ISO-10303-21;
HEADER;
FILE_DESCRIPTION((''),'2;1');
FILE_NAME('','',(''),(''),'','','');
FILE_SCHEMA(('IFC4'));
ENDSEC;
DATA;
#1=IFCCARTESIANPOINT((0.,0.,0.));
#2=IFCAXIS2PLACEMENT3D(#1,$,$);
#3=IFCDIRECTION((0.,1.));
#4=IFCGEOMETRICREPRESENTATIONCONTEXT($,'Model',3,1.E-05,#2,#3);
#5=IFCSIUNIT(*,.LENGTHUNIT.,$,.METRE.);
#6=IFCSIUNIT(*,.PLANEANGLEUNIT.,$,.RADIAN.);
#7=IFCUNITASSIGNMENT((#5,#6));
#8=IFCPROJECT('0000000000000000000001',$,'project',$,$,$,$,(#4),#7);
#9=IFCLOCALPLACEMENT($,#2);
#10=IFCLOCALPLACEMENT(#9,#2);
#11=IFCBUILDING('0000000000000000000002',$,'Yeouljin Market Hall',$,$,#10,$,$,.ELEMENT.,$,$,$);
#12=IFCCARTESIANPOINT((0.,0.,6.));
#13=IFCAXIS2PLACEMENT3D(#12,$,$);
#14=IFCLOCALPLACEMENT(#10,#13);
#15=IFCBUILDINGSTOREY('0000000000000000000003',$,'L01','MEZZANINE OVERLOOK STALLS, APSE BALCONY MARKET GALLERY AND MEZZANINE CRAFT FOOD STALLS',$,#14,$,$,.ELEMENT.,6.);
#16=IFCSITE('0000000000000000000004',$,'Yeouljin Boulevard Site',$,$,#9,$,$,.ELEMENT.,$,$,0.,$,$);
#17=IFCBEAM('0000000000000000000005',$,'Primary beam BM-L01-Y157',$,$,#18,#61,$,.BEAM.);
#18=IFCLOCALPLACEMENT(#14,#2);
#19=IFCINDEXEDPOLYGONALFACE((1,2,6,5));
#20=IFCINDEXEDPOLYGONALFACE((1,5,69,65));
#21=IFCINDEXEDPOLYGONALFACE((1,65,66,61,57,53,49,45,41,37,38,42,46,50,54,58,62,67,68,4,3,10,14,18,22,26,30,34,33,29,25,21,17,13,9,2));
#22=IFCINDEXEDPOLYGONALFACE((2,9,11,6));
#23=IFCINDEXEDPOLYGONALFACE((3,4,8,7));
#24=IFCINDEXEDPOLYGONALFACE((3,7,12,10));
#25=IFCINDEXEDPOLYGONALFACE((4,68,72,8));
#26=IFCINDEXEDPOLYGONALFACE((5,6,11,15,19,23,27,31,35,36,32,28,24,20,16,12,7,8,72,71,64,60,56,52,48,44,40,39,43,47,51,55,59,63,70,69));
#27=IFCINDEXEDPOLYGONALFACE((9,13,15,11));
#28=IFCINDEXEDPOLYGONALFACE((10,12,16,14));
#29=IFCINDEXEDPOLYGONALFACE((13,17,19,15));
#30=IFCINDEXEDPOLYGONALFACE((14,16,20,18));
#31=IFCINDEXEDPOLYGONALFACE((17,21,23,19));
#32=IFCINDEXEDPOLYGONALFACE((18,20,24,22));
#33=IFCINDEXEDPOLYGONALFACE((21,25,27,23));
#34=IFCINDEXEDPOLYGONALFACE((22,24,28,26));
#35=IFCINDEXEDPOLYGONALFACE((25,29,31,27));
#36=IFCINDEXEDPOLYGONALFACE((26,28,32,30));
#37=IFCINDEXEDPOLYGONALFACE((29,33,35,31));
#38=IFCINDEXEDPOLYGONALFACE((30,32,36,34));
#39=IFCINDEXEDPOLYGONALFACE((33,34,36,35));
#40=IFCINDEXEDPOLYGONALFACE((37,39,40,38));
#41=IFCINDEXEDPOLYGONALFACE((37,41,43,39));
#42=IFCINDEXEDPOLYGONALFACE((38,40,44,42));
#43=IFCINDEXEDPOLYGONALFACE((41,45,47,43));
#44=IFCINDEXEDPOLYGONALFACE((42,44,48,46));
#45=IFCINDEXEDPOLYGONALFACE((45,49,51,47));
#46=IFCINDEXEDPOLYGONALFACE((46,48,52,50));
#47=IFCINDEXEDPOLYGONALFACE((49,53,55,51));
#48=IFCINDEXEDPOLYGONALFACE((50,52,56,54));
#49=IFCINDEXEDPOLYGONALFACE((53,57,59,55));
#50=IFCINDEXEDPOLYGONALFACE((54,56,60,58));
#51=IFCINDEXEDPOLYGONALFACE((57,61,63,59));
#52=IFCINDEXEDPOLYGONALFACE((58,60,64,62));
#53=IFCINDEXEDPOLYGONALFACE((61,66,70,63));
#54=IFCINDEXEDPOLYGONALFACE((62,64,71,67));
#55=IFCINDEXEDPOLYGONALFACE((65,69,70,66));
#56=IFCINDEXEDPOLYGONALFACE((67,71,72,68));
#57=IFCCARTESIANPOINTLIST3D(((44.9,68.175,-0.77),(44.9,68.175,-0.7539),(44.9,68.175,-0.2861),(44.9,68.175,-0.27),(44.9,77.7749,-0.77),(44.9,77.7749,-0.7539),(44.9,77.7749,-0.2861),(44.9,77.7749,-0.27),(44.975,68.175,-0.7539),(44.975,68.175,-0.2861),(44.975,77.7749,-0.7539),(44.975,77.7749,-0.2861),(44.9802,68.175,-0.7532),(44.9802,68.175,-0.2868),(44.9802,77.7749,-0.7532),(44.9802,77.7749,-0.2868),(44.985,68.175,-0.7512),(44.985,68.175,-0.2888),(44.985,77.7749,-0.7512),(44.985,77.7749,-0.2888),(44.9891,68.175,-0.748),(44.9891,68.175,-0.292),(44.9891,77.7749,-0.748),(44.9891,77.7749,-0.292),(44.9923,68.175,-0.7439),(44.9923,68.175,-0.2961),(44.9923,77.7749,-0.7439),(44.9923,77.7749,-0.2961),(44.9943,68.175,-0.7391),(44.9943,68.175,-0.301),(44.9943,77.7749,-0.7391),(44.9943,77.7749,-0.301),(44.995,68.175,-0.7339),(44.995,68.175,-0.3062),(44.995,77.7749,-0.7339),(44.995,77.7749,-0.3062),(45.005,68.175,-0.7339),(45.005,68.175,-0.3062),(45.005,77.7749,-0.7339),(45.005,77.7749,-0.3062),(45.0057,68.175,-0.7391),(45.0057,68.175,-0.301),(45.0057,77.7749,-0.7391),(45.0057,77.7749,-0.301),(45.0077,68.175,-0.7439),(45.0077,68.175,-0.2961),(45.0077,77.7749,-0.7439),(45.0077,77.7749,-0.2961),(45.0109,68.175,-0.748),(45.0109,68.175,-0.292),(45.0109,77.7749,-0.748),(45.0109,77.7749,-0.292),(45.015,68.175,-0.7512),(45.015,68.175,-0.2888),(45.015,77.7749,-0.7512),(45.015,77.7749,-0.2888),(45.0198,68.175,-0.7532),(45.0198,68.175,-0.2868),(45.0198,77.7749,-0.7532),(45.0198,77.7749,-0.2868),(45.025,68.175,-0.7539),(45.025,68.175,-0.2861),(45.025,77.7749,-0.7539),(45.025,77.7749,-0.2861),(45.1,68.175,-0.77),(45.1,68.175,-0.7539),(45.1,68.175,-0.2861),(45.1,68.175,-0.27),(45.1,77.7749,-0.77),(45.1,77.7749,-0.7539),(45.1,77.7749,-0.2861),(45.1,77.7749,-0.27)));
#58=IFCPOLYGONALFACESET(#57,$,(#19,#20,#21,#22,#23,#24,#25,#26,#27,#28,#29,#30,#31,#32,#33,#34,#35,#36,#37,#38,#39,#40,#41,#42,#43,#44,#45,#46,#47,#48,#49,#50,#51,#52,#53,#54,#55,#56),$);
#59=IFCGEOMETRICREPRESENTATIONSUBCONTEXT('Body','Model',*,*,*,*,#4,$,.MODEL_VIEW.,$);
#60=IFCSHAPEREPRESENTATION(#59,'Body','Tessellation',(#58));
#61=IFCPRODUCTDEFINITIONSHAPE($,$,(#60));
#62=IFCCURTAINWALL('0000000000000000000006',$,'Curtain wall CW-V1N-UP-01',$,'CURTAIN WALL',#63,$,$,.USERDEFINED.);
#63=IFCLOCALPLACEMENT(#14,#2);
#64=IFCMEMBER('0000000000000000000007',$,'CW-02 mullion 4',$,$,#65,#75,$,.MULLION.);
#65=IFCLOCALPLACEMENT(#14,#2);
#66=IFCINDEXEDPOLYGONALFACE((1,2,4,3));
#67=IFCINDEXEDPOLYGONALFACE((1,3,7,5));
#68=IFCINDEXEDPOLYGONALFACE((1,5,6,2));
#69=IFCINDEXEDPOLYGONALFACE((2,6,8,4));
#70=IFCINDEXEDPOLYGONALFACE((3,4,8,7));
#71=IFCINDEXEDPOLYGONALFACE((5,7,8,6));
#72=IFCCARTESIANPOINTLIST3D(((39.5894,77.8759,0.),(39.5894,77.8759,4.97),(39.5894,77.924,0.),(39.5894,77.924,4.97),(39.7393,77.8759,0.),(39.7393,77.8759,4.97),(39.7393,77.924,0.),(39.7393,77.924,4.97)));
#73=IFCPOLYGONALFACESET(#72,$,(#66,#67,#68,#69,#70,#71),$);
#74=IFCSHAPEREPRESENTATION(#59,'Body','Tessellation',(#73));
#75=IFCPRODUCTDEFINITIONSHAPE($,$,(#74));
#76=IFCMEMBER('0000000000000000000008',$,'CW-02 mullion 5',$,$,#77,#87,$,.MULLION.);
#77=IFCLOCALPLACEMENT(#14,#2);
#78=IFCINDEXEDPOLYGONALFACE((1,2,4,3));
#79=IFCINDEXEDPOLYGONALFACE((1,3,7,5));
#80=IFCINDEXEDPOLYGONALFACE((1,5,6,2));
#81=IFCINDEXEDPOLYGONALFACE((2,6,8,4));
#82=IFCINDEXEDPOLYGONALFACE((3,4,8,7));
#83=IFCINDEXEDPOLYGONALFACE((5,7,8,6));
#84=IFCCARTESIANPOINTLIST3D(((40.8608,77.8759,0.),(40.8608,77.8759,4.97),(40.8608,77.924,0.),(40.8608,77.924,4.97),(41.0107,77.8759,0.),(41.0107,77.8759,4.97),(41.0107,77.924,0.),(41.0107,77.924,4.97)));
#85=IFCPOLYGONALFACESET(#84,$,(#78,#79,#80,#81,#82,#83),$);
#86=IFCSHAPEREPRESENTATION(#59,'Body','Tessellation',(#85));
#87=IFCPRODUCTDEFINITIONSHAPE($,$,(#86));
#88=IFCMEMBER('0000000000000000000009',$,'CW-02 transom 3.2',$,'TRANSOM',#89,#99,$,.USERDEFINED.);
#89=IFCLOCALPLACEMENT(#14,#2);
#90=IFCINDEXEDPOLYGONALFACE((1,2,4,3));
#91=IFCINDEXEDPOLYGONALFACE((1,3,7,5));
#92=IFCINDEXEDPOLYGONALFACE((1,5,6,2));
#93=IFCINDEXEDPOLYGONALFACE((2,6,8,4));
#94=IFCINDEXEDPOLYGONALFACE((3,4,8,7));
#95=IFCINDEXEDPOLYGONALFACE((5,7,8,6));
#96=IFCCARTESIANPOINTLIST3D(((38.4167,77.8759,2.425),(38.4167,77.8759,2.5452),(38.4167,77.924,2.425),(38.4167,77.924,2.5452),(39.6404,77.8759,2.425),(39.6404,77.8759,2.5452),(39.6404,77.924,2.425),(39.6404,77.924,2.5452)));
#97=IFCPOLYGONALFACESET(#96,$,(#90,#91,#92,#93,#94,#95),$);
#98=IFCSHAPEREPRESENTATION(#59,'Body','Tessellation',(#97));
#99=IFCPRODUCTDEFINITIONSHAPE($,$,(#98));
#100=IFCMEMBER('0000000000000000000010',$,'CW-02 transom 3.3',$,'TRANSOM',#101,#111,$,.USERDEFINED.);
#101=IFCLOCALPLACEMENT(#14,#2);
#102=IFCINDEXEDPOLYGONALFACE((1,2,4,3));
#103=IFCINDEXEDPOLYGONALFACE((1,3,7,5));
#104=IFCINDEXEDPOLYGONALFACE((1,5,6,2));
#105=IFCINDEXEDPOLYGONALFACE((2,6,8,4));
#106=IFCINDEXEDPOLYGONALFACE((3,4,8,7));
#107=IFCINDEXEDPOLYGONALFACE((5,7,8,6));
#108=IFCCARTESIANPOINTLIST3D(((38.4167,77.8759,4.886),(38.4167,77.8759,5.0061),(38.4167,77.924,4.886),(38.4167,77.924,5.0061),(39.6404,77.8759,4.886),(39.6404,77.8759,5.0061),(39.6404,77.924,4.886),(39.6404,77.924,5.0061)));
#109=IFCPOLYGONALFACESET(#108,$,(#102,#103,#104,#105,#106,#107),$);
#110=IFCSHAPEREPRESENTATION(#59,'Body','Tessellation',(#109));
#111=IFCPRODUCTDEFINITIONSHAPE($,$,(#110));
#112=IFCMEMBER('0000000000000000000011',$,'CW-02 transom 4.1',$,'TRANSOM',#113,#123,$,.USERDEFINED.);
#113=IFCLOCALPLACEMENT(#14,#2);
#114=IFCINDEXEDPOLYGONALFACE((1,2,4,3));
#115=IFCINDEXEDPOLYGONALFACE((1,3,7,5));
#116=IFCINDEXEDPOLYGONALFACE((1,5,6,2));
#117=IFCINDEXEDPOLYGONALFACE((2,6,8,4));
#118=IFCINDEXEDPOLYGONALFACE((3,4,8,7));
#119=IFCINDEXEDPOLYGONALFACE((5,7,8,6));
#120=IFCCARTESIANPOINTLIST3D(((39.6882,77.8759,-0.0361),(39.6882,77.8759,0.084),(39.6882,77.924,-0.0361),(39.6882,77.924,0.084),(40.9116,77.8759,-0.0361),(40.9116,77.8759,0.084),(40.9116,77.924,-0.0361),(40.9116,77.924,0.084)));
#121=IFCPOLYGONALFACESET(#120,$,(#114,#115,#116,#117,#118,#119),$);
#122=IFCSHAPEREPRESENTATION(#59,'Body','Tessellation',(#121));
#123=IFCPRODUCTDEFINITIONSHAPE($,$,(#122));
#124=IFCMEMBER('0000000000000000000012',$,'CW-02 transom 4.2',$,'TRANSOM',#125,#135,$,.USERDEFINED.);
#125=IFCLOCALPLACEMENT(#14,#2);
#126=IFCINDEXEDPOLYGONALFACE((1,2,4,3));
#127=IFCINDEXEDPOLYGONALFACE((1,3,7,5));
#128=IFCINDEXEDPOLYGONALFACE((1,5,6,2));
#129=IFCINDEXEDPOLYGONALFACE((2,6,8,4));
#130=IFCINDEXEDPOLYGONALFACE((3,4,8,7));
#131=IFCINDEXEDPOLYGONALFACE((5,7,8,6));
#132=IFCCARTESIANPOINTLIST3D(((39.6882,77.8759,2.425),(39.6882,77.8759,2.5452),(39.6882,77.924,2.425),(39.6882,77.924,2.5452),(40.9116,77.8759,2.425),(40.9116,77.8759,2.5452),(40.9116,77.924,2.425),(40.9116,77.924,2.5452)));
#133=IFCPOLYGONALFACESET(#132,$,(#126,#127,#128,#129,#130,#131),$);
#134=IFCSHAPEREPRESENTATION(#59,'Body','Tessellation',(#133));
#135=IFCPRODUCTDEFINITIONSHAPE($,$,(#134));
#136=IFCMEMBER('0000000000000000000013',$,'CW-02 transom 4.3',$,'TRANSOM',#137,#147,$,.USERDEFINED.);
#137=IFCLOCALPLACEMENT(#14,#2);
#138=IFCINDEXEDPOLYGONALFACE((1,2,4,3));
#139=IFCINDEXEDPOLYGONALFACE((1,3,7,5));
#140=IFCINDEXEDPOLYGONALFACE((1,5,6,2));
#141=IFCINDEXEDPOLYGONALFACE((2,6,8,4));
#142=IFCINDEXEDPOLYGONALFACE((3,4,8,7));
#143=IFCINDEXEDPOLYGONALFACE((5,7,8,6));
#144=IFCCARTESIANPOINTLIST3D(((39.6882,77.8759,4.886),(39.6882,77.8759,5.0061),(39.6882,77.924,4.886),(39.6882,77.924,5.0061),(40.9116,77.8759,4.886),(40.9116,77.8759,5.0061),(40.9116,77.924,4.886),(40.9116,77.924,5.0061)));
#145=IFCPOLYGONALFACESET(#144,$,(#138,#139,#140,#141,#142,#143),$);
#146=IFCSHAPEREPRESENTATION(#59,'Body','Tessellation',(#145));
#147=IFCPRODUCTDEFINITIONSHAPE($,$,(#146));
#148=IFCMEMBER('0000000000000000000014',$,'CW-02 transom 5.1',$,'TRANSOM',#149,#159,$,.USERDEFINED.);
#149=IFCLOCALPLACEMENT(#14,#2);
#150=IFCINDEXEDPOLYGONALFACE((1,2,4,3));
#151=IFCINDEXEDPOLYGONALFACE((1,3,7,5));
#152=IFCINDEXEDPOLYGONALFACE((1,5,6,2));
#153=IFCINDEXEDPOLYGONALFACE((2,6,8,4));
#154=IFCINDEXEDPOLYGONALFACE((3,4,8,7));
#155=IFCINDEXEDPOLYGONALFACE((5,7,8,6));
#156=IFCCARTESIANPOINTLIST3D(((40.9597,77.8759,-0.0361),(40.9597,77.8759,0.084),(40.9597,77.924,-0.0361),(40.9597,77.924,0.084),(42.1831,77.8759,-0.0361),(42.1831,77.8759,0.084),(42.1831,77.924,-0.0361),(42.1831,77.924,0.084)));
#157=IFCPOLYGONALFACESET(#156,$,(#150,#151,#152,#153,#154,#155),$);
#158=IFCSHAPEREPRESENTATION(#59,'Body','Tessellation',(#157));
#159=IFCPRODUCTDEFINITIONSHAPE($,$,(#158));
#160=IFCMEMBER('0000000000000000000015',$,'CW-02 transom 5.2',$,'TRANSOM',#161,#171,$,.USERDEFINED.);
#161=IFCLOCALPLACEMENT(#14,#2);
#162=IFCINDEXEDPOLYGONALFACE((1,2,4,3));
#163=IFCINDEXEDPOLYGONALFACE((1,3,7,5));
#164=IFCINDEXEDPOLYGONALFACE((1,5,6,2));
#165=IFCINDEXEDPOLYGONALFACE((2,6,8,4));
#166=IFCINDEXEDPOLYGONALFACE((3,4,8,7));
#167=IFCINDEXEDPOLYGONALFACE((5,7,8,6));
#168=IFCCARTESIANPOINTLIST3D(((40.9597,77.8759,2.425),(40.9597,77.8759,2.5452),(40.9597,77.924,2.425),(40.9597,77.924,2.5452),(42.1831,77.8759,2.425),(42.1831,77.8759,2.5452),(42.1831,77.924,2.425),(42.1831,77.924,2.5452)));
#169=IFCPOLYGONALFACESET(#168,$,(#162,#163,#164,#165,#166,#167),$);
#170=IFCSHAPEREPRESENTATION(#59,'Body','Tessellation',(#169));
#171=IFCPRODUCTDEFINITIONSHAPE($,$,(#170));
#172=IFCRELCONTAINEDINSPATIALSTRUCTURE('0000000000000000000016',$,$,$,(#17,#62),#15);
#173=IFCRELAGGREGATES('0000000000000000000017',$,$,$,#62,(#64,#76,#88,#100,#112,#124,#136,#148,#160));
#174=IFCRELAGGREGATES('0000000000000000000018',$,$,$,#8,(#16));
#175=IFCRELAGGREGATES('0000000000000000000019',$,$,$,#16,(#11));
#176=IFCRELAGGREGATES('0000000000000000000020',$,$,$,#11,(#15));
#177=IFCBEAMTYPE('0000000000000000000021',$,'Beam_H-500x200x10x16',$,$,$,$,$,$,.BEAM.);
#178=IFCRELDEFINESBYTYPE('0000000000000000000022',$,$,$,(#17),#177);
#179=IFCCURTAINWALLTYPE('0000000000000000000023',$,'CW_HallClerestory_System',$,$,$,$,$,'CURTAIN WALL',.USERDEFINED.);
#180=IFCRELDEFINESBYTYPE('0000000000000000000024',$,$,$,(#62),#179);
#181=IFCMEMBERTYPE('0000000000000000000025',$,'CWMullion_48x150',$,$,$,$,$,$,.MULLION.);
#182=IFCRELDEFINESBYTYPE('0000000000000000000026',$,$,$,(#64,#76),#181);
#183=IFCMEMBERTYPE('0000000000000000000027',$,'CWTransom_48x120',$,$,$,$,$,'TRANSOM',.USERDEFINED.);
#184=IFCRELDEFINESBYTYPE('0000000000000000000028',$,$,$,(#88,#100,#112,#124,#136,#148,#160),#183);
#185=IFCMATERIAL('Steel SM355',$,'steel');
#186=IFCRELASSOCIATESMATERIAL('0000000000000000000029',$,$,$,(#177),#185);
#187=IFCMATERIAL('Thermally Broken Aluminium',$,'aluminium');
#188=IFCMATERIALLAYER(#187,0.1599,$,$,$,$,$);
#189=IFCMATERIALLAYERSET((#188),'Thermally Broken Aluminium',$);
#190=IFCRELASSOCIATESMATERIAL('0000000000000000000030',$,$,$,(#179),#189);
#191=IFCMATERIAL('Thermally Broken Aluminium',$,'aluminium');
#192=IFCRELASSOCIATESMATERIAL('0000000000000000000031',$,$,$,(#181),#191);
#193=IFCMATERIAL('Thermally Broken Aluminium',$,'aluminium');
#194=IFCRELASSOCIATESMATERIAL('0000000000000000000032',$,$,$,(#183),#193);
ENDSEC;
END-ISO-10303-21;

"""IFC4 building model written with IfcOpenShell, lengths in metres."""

from ifc_helpers import new_model, si_unit, direction, frame, origin, origin_2d, place, context, subcontext, project, spatial, rectangle, i_section, extrude, material, layer, layer_set, material_profile, profile_set, type_object, element, aggregate, save


model = new_model("IFC4")

# Units and contexts
model_context = context("Model", 3, precision=1e-05, world=origin(), true_north=direction((0.0, 1.0)))
body_context = subcontext(model_context, "Body", "Model", "MODEL_VIEW")
ifc_project = project(units=[si_unit("LENGTHUNIT", "METRE"), si_unit("PLANEANGLEUNIT", "RADIAN")], contexts=[model_context])

# Site, building, storey
site_placement = place(None, origin())
site = spatial("IfcSite", under=ifc_project, at=site_placement, Name="Yeouljin Boulevard Site", CompositionType="ELEMENT", RefElevation=0.0)
building_placement = place(site_placement, origin())
building = spatial("IfcBuilding", under=site, at=building_placement, Name="Yeouljin Market Hall", CompositionType="ELEMENT")
storey_placement = place(building_placement, frame((0.0, 0.0, 6.0)))
storey = spatial("IfcBuildingStorey", under=building, at=storey_placement, Name="L01", Description="MEZZANINE OVERLOOK STALLS, APSE BALCONY MARKET GALLERY AND MEZZANINE CRAFT FOOD STALLS", CompositionType="ELEMENT", Elevation=6.0)

# Beam
ifc_material_1 = material(Name="Steel SM355", Category="steel")
ifc_material_profile_1 = material_profile(ifc_material_1, i_section(OverallWidth=0.2, OverallDepth=0.5, WebThickness=0.01, FlangeThickness=0.0161, FilletRadius=0.02, at=origin_2d()), Name="H-500x200x10x16")
ifc_profile_set_1 = profile_set([ifc_material_profile_1], Name="Steel SM355")
beam_type_1 = type_object("IfcBeamType", Name="Beam_H-500x200x10x16", PredefinedType="BEAM", material=ifc_profile_set_1)
for number, where, z_axis, x_axis, name in (
    (1, (45.0, 68.175, -0.52), (0.0, 1.0, 0.0), (-1.0, 0.0, 0.0), "Primary beam BM-L01-Y157"),
):
    element("IfcBeam", number, at=place(storey_placement, frame(where, z_axis=z_axis, x_axis=x_axis)), inside=storey, type_object=beam_type_1, Name=name, PredefinedType="BEAM", context=body_context, shape_type="SweptSolid", body=[
        extrude(i_section(OverallWidth=0.2, OverallDepth=0.5, WebThickness=0.01, FlangeThickness=0.0161, FilletRadius=0.02, at=origin_2d()), origin(), (0.0, 0.0, 1.0), 9.5999),
    ])

# Curtain wall, members
ifc_material_2 = material(Name="Thermally Broken Aluminium", Category="aluminium")
ifc_layer_1 = layer(ifc_material_2, 0.1599)
ifc_layer_set_1 = layer_set([ifc_layer_1], Name="Thermally Broken Aluminium")
curtain_wall_type = type_object("IfcCurtainWallType", Name="CW_HallClerestory_System", ElementType="CURTAIN WALL", PredefinedType="USERDEFINED", material=ifc_layer_set_1)
curtain_wall_placement = place(storey_placement, origin())
curtain_wall = element("IfcCurtainWall", 2, at=curtain_wall_placement, inside=storey, type_object=curtain_wall_type, Name="Curtain wall CW-V1N-UP-01", ObjectType="CURTAIN WALL", PredefinedType="USERDEFINED")
ifc_material_3 = material(Name="Thermally Broken Aluminium", Category="aluminium")
ifc_material_profile_2 = material_profile(ifc_material_3, rectangle(XDim=0.0481, YDim=0.1499, at=origin_2d()), Name="CW-MULL-48x150")
ifc_profile_set_2 = profile_set([ifc_material_profile_2], Name="Thermally Broken Aluminium")
member_type_1 = type_object("IfcMemberType", Name="CWMullion_48x150", PredefinedType="MULLION", material=ifc_profile_set_2)
member_1_placement = place(storey_placement, frame((39.6643, 77.8999, 0.0), z_axis=(0.0, 0.0, 1.0), x_axis=(0.0, 1.0, 0.0)))
member_1 = element("IfcMember", 3, at=member_1_placement, type_object=member_type_1, Name="CW-02 mullion 4", PredefinedType="MULLION", context=body_context, shape_type="SweptSolid", body=[
    extrude(rectangle(XDim=0.0481, YDim=0.1499, at=origin_2d()), origin(), (0.0, 0.0, 1.0), 4.97),
])
member_2_placement = place(storey_placement, frame((40.9358, 77.8999, 0.0), z_axis=(0.0, 0.0, 1.0), x_axis=(0.0, 1.0, 0.0)))
member_2 = element("IfcMember", 4, at=member_2_placement, type_object=member_type_1, Name="CW-02 mullion 5", PredefinedType="MULLION", context=body_context, shape_type="SweptSolid", body=[
    extrude(rectangle(XDim=0.0481, YDim=0.1499, at=origin_2d()), origin(), (0.0, 0.0, 1.0), 4.97),
])
ifc_material_4 = material(Name="Thermally Broken Aluminium", Category="aluminium")
ifc_material_profile_3 = material_profile(ifc_material_4, rectangle(XDim=0.0481, YDim=0.1201, at=origin_2d()), Name="CW-TRAN-48x120")
ifc_profile_set_3 = profile_set([ifc_material_profile_3], Name="Thermally Broken Aluminium")
member_type_2 = type_object("IfcMemberType", Name="CWTransom_48x120", ElementType="TRANSOM", PredefinedType="USERDEFINED", material=ifc_profile_set_3)
member_3_placement = place(storey_placement, frame((38.4167, 77.8999, 2.4851), z_axis=(1.0, 0.0, 0.0), x_axis=(0.0, 1.0, 0.0)))
member_3 = element("IfcMember", 5, at=member_3_placement, type_object=member_type_2, Name="CW-02 transom 3.2", ObjectType="TRANSOM", PredefinedType="USERDEFINED", context=body_context, shape_type="SweptSolid", body=[
    extrude(rectangle(XDim=0.0481, YDim=0.1201, at=origin_2d()), origin(), (0.0, 0.0, 1.0), 1.2236),
])
member_4_placement = place(storey_placement, frame((38.4167, 77.8999, 4.946), z_axis=(1.0, 0.0, 0.0), x_axis=(0.0, 1.0, 0.0)))
member_4 = element("IfcMember", 6, at=member_4_placement, type_object=member_type_2, Name="CW-02 transom 3.3", ObjectType="TRANSOM", PredefinedType="USERDEFINED", context=body_context, shape_type="SweptSolid", body=[
    extrude(rectangle(XDim=0.0481, YDim=0.1201, at=origin_2d()), origin(), (0.0, 0.0, 1.0), 1.2236),
])
member_5_placement = place(storey_placement, frame((39.6882, 77.8999, 0.0239), z_axis=(1.0, 0.0, 0.0), x_axis=(0.0, 1.0, 0.0)))
member_5 = element("IfcMember", 7, at=member_5_placement, type_object=member_type_2, Name="CW-02 transom 4.1", ObjectType="TRANSOM", PredefinedType="USERDEFINED", context=body_context, shape_type="SweptSolid", body=[
    extrude(rectangle(XDim=0.0481, YDim=0.1201, at=origin_2d()), origin(), (0.0, 0.0, 1.0), 1.2234),
])
member_6_placement = place(storey_placement, frame((39.6882, 77.8999, 2.4851), z_axis=(1.0, 0.0, 0.0), x_axis=(0.0, 1.0, 0.0)))
member_6 = element("IfcMember", 8, at=member_6_placement, type_object=member_type_2, Name="CW-02 transom 4.2", ObjectType="TRANSOM", PredefinedType="USERDEFINED", context=body_context, shape_type="SweptSolid", body=[
    extrude(rectangle(XDim=0.0481, YDim=0.1201, at=origin_2d()), origin(), (0.0, 0.0, 1.0), 1.2234),
])
member_7_placement = place(storey_placement, frame((39.6882, 77.8999, 4.946), z_axis=(1.0, 0.0, 0.0), x_axis=(0.0, 1.0, 0.0)))
member_7 = element("IfcMember", 9, at=member_7_placement, type_object=member_type_2, Name="CW-02 transom 4.3", ObjectType="TRANSOM", PredefinedType="USERDEFINED", context=body_context, shape_type="SweptSolid", body=[
    extrude(rectangle(XDim=0.0481, YDim=0.1201, at=origin_2d()), origin(), (0.0, 0.0, 1.0), 1.2234),
])
member_8_placement = place(storey_placement, frame((40.9597, 77.8999, 0.0239), z_axis=(1.0, 0.0, 0.0), x_axis=(0.0, 1.0, 0.0)))
member_8 = element("IfcMember", 10, at=member_8_placement, type_object=member_type_2, Name="CW-02 transom 5.1", ObjectType="TRANSOM", PredefinedType="USERDEFINED", context=body_context, shape_type="SweptSolid", body=[
    extrude(rectangle(XDim=0.0481, YDim=0.1201, at=origin_2d()), origin(), (0.0, 0.0, 1.0), 1.2234),
])
member_9_placement = place(storey_placement, frame((40.9597, 77.8999, 2.4851), z_axis=(1.0, 0.0, 0.0), x_axis=(0.0, 1.0, 0.0)))
member_9 = element("IfcMember", 11, at=member_9_placement, type_object=member_type_2, Name="CW-02 transom 5.2", ObjectType="TRANSOM", PredefinedType="USERDEFINED", context=body_context, shape_type="SweptSolid", body=[
    extrude(rectangle(XDim=0.0481, YDim=0.1201, at=origin_2d()), origin(), (0.0, 0.0, 1.0), 1.2234),
])

aggregate(curtain_wall, [member_1, member_2, member_3, member_4, member_5, member_6, member_7, member_8, member_9])

save(model, "model.ifc")
